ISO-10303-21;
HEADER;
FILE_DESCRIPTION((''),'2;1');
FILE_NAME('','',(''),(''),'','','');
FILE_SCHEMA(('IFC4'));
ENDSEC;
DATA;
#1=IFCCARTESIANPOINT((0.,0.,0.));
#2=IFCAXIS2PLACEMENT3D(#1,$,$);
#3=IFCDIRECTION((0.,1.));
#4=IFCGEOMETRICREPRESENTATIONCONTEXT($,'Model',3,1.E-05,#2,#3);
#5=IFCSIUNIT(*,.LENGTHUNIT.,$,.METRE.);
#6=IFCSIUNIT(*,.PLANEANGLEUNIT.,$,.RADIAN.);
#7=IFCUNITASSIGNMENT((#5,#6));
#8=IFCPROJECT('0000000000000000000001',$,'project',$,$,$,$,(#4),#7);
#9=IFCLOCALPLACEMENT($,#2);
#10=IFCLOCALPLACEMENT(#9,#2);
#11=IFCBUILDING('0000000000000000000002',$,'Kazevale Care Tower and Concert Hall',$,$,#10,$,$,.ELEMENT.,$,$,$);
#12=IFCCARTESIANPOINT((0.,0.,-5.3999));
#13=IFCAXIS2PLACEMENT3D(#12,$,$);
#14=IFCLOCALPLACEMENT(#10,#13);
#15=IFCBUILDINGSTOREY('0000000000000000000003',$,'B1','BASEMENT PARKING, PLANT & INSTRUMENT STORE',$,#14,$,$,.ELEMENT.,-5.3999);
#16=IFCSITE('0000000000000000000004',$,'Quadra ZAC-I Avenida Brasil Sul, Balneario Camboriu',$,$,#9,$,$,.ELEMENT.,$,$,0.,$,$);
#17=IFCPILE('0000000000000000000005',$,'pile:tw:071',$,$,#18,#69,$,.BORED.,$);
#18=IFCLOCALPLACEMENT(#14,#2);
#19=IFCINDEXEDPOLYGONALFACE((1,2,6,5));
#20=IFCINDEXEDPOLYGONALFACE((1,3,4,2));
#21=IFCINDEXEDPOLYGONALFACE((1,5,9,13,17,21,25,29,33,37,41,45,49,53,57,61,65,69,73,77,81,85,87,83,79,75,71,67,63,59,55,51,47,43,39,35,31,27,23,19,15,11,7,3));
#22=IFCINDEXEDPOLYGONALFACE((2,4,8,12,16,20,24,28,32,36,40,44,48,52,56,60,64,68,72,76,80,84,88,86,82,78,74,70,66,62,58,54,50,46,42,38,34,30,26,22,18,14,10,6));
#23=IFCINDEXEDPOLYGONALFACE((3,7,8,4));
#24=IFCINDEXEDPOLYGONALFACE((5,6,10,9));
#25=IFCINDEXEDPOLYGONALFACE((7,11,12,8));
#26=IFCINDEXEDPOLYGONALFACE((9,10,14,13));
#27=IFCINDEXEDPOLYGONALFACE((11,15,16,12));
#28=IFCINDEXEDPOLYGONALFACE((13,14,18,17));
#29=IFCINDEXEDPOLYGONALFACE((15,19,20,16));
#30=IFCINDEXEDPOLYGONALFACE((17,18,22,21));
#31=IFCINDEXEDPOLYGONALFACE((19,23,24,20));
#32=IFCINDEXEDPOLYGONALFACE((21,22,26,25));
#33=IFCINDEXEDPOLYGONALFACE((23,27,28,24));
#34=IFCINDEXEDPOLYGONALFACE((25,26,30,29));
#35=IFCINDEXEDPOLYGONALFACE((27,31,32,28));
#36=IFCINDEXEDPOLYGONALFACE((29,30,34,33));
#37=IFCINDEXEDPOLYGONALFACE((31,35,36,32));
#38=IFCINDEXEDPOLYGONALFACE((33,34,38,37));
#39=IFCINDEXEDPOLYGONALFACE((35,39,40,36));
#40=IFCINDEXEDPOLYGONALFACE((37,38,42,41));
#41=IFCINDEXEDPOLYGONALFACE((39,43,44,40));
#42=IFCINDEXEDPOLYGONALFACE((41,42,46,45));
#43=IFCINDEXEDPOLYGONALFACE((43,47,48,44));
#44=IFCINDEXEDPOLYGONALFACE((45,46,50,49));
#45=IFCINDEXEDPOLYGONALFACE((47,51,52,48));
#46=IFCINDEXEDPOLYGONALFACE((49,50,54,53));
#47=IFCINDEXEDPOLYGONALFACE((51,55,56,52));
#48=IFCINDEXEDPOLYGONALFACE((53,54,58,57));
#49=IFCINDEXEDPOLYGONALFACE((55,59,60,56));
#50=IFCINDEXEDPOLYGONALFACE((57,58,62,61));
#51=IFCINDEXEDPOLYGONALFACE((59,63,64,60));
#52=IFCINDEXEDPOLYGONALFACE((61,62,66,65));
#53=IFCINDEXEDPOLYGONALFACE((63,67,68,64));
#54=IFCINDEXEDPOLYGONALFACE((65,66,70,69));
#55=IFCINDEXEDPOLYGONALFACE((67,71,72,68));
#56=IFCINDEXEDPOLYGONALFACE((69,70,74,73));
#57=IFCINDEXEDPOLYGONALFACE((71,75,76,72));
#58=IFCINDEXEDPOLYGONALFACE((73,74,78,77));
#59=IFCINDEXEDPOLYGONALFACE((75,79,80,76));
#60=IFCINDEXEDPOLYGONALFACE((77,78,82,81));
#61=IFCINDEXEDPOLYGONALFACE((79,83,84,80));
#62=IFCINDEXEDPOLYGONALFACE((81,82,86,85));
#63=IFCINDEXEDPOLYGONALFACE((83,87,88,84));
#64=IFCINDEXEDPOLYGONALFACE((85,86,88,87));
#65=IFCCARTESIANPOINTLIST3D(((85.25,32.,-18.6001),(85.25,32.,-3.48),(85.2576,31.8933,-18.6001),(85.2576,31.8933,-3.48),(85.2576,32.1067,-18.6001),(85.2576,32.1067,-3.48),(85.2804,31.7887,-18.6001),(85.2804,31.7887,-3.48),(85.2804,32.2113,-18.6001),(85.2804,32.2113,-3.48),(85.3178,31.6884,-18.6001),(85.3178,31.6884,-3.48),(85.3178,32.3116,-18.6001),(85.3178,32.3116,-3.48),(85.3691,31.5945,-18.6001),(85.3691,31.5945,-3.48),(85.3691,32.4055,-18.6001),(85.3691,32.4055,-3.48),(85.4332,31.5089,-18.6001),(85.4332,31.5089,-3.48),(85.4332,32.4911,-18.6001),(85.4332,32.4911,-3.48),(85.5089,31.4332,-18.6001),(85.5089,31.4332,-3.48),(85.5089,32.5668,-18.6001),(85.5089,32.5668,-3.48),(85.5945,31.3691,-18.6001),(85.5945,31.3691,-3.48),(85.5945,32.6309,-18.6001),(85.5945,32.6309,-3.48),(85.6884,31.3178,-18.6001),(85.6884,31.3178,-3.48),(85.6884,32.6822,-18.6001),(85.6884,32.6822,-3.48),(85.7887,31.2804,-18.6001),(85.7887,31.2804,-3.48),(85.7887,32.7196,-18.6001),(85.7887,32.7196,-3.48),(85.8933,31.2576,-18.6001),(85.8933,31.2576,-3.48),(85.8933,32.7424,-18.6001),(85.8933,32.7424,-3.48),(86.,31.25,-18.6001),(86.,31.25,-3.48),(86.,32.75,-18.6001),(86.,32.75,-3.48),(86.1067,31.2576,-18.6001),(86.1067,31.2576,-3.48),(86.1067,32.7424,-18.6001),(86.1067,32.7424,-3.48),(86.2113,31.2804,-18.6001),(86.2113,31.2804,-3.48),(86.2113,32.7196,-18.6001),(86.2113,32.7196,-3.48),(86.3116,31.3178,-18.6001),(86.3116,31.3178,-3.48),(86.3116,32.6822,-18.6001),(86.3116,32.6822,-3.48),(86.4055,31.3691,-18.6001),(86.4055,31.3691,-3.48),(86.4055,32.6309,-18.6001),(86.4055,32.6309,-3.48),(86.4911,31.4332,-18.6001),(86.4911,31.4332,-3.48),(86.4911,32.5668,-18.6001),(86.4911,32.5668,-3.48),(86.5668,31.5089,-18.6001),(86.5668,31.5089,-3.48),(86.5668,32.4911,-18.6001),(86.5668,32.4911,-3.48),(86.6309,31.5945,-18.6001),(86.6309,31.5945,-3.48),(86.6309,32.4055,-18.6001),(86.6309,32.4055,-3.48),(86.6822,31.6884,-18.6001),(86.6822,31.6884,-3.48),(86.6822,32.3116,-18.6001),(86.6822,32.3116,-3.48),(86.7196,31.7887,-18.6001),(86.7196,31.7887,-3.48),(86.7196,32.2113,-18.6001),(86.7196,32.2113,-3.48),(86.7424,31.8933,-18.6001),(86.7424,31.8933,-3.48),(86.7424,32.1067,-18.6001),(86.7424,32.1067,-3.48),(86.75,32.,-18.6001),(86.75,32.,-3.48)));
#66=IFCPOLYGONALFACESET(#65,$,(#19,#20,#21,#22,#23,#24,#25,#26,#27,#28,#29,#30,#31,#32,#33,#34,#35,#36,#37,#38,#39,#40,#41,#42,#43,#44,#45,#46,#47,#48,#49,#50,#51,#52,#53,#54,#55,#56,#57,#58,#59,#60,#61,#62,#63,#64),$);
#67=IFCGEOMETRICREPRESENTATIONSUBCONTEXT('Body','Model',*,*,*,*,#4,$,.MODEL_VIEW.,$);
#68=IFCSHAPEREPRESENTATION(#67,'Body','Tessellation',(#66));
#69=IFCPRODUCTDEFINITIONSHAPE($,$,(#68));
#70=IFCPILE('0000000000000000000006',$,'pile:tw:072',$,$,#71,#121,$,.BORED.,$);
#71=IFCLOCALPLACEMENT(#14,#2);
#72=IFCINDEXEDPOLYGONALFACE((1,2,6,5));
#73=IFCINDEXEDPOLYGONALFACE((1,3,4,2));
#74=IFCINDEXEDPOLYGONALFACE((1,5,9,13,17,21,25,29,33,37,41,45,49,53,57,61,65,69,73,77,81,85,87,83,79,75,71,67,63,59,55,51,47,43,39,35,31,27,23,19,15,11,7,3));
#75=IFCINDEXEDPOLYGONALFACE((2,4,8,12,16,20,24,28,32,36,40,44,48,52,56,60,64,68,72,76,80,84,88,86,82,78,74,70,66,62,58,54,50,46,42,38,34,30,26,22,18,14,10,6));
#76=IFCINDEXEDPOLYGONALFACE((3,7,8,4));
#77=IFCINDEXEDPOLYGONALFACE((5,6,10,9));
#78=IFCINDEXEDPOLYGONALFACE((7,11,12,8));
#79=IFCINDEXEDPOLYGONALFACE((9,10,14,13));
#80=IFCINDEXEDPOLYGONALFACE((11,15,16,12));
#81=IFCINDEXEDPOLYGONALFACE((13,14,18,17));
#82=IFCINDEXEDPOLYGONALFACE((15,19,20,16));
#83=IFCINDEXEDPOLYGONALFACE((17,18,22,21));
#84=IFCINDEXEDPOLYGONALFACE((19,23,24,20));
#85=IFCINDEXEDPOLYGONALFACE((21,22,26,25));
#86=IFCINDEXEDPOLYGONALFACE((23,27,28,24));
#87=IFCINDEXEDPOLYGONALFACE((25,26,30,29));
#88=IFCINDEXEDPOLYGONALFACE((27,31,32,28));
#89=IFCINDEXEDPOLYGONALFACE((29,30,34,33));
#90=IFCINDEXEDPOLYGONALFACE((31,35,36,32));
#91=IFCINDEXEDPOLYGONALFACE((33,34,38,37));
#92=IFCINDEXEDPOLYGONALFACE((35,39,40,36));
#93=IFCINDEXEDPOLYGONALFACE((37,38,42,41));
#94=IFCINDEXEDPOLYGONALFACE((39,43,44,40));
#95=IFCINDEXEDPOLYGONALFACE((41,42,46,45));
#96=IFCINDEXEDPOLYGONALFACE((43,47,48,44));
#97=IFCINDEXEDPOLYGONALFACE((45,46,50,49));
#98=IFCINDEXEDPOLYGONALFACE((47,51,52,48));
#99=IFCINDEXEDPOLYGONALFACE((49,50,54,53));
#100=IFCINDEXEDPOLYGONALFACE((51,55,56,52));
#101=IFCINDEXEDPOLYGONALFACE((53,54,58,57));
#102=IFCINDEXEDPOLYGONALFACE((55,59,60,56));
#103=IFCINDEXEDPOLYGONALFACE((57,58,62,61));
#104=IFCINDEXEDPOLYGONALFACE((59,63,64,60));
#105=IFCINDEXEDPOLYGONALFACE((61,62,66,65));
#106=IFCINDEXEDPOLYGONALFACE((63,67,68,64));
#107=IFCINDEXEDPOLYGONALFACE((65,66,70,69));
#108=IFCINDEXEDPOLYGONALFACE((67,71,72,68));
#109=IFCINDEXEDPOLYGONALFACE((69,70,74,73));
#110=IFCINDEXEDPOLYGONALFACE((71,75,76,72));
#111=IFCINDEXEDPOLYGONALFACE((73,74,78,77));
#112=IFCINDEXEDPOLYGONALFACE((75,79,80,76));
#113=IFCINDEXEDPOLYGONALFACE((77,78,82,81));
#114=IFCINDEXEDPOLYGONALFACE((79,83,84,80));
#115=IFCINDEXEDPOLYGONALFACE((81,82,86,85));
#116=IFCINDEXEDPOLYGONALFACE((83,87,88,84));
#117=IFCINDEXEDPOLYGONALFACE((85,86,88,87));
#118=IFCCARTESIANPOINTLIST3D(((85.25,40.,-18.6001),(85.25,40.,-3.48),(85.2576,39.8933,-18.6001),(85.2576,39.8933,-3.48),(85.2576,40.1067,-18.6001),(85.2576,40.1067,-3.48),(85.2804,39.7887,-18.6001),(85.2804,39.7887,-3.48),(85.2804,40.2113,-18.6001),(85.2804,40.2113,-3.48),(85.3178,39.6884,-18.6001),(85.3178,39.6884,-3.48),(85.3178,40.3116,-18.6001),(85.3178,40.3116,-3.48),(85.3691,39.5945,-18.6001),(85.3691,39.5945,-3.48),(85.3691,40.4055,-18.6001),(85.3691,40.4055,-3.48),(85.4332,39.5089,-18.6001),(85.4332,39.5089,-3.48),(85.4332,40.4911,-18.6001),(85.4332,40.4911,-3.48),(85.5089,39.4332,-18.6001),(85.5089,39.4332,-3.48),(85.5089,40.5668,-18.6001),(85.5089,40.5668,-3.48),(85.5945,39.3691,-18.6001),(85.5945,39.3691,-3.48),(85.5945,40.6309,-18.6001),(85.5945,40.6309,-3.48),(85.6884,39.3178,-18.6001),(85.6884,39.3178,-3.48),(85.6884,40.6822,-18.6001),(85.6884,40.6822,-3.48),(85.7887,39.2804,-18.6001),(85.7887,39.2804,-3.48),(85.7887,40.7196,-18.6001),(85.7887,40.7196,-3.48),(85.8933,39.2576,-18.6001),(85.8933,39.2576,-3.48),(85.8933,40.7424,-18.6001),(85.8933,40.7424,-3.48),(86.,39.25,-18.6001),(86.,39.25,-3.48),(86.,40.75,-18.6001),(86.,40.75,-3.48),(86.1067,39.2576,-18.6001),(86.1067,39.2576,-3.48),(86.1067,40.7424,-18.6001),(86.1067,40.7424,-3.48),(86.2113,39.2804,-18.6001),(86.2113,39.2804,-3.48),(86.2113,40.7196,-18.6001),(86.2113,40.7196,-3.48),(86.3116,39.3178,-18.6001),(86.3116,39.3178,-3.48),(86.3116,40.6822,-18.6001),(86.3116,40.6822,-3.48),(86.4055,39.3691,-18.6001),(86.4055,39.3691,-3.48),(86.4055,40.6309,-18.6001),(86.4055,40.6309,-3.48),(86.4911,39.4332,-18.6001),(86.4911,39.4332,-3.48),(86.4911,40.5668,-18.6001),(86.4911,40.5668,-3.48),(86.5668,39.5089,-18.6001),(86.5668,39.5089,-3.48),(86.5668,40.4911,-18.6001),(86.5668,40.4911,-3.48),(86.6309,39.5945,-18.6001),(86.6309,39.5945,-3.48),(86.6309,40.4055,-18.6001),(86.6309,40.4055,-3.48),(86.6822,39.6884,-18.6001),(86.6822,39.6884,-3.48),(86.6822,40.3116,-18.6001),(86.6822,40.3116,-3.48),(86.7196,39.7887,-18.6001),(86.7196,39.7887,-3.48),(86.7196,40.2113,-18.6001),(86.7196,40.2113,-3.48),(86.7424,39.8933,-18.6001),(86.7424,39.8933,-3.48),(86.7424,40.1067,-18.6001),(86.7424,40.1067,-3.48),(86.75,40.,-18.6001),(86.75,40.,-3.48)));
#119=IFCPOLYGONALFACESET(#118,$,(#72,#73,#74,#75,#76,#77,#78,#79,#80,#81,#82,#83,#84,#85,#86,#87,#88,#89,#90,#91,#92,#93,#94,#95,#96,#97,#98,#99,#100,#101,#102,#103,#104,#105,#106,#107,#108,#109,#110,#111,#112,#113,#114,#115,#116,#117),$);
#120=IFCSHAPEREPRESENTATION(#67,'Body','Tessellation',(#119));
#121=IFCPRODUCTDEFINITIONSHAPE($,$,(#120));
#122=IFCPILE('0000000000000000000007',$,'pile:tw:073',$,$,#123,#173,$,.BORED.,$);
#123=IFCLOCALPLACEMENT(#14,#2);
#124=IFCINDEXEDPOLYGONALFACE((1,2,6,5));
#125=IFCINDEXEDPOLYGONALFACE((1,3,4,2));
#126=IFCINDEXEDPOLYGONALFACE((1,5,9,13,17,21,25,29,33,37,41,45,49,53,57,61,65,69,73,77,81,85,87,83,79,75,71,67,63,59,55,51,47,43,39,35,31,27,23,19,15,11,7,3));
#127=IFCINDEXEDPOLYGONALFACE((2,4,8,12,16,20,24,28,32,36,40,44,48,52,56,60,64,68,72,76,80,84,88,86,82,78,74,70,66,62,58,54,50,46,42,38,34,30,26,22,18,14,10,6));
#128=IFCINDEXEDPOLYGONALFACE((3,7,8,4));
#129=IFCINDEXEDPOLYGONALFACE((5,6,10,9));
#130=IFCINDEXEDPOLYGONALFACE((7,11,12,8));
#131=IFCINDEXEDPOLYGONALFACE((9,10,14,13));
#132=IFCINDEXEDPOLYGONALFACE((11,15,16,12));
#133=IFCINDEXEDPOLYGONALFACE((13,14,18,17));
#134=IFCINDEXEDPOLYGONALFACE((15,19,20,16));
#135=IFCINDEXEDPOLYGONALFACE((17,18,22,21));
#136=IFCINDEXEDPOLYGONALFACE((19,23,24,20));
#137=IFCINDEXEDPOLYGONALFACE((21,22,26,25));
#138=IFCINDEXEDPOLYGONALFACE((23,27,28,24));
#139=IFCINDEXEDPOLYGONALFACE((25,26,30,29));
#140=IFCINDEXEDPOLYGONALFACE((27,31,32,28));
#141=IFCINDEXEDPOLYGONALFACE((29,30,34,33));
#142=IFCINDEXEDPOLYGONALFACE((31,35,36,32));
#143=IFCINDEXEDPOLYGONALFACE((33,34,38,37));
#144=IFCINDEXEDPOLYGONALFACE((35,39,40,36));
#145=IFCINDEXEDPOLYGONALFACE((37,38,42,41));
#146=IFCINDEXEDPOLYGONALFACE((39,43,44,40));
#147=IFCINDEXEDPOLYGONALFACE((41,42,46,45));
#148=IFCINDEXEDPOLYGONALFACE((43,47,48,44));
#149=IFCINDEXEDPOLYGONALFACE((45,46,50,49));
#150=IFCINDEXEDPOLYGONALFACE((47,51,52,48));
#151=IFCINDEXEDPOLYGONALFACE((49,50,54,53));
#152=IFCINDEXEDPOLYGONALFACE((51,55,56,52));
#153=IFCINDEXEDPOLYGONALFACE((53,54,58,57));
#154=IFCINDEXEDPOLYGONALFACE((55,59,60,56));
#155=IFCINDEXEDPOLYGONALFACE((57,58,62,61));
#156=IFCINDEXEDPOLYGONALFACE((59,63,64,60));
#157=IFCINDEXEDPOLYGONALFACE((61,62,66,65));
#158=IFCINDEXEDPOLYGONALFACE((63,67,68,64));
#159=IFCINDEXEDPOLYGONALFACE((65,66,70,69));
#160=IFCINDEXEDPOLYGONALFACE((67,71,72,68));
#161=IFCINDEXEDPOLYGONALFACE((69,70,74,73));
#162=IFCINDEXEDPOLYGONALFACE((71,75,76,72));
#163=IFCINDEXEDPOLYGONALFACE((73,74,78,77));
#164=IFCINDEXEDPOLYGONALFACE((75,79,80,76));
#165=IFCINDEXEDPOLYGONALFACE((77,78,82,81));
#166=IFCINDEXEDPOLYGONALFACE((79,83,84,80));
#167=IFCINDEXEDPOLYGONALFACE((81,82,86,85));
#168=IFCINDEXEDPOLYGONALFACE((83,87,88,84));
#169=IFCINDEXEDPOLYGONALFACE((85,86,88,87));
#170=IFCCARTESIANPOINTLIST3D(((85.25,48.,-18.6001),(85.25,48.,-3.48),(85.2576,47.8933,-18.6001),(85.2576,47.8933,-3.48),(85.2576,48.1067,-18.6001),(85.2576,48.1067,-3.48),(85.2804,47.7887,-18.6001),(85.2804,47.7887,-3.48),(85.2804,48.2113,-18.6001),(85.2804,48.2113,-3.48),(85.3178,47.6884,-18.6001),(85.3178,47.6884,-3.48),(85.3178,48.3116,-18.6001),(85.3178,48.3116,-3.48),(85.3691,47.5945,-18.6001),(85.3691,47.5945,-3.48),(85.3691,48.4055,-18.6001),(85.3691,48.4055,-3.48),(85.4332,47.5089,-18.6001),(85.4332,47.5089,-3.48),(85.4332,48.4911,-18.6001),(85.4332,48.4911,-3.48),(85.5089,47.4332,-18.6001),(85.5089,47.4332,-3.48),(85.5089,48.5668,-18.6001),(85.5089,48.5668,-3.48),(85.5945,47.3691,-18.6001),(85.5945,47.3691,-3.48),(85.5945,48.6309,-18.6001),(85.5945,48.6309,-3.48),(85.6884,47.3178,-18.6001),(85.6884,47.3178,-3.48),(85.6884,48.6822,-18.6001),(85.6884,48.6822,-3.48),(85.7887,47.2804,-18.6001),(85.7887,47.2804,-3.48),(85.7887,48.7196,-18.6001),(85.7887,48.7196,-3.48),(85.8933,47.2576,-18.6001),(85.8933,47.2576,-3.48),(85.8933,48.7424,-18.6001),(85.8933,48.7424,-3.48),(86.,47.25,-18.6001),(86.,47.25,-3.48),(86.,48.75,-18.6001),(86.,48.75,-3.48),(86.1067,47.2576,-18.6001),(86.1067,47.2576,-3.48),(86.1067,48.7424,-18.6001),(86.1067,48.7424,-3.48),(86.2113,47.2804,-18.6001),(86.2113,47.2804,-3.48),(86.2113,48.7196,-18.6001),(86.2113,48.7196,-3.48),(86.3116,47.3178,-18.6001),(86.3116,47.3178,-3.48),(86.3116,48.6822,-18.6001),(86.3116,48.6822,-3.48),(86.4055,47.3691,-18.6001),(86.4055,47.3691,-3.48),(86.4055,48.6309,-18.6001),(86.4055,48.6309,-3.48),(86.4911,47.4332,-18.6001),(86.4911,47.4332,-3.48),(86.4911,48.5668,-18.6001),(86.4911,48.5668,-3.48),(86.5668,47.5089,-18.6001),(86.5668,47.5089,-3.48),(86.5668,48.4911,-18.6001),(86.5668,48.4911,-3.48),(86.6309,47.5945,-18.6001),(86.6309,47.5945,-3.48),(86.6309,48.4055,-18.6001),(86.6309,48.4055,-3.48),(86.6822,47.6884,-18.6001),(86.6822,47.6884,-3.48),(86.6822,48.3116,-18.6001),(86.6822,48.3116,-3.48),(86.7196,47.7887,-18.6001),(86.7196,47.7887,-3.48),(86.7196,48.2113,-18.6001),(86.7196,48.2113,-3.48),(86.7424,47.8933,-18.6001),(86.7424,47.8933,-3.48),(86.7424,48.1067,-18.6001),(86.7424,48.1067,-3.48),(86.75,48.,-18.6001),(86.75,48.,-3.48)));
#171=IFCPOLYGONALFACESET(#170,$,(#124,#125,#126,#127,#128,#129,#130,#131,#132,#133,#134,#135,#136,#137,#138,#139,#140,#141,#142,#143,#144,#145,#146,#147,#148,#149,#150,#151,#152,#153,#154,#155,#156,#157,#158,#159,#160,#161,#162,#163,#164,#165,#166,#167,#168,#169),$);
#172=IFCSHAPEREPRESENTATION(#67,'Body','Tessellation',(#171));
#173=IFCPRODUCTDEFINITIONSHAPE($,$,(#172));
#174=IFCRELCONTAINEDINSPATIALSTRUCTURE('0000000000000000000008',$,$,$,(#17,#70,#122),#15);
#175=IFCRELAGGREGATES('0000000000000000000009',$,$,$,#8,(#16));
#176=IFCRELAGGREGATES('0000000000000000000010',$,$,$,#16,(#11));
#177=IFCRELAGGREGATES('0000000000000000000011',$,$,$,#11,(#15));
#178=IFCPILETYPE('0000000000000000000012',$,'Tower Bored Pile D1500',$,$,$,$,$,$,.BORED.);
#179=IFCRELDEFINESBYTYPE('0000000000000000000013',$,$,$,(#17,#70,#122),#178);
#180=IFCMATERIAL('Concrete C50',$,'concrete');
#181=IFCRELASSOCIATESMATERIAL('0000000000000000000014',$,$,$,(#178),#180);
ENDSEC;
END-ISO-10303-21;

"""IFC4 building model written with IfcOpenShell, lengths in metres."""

from ifc_helpers import new_model, si_unit, direction, frame, origin, origin_2d, place, context, subcontext, project, spatial, circle, extrude, material, material_profile, profile_set, type_object, element, save


model = new_model("IFC4")

# Units and contexts
model_context = context("Model", 3, precision=1e-05, world=origin(), true_north=direction((0.0, 1.0)))
body_context = subcontext(model_context, "Body", "Model", "MODEL_VIEW")
ifc_project = project(units=[si_unit("LENGTHUNIT", "METRE"), si_unit("PLANEANGLEUNIT", "RADIAN")], contexts=[model_context])

# Site, building, storey
site_placement = place(None, origin())
site = spatial("IfcSite", under=ifc_project, at=site_placement, Name="Quadra ZAC-I Avenida Brasil Sul, Balneario Camboriu", CompositionType="ELEMENT", RefElevation=0.0)
building_placement = place(site_placement, origin())
building = spatial("IfcBuilding", under=site, at=building_placement, Name="Kazevale Care Tower and Concert Hall", CompositionType="ELEMENT")
storey_placement = place(building_placement, frame((0.0, 0.0, -5.3999)))
storey = spatial("IfcBuildingStorey", under=building, at=storey_placement, Name="B1", Description="BASEMENT PARKING, PLANT & INSTRUMENT STORE", CompositionType="ELEMENT", Elevation=-5.3999)

# Shared definitions
ifc_material_1 = material(Name="Concrete C50", Category="concrete")

# Piles
ifc_material_profile_1 = material_profile(ifc_material_1, circle(Radius=0.75, at=origin_2d()), Name="PILE-D1500")
ifc_profile_set_1 = profile_set([ifc_material_profile_1], Name="Concrete C50")
pile_type = type_object("IfcPileType", Name="Tower Bored Pile D1500", PredefinedType="BORED", material=ifc_profile_set_1)
for number, where, z_axis, x_axis, name in (
    (1, (86.0, 32.0, -3.48), (0.0, 0.0, -1.0), (1.0, 0.0, 0.0), "pile:tw:071"),
    (2, (86.0, 40.0, -3.48), (0.0, 0.0, -1.0), (1.0, 0.0, 0.0), "pile:tw:072"),
    (3, (86.0, 48.0, -3.48), (0.0, 0.0, -1.0), (1.0, 0.0, 0.0), "pile:tw:073"),
):
    element("IfcPile", number, at=place(storey_placement, frame(where, z_axis=z_axis, x_axis=x_axis)), inside=storey, type_object=pile_type, Name=name, PredefinedType="BORED", context=body_context, shape_type="SweptSolid", body=[
        extrude(circle(Radius=0.75, at=origin_2d()), origin(), (0.0, 0.0, 1.0), 15.1201),
    ])

save(model, "model.ifc")
